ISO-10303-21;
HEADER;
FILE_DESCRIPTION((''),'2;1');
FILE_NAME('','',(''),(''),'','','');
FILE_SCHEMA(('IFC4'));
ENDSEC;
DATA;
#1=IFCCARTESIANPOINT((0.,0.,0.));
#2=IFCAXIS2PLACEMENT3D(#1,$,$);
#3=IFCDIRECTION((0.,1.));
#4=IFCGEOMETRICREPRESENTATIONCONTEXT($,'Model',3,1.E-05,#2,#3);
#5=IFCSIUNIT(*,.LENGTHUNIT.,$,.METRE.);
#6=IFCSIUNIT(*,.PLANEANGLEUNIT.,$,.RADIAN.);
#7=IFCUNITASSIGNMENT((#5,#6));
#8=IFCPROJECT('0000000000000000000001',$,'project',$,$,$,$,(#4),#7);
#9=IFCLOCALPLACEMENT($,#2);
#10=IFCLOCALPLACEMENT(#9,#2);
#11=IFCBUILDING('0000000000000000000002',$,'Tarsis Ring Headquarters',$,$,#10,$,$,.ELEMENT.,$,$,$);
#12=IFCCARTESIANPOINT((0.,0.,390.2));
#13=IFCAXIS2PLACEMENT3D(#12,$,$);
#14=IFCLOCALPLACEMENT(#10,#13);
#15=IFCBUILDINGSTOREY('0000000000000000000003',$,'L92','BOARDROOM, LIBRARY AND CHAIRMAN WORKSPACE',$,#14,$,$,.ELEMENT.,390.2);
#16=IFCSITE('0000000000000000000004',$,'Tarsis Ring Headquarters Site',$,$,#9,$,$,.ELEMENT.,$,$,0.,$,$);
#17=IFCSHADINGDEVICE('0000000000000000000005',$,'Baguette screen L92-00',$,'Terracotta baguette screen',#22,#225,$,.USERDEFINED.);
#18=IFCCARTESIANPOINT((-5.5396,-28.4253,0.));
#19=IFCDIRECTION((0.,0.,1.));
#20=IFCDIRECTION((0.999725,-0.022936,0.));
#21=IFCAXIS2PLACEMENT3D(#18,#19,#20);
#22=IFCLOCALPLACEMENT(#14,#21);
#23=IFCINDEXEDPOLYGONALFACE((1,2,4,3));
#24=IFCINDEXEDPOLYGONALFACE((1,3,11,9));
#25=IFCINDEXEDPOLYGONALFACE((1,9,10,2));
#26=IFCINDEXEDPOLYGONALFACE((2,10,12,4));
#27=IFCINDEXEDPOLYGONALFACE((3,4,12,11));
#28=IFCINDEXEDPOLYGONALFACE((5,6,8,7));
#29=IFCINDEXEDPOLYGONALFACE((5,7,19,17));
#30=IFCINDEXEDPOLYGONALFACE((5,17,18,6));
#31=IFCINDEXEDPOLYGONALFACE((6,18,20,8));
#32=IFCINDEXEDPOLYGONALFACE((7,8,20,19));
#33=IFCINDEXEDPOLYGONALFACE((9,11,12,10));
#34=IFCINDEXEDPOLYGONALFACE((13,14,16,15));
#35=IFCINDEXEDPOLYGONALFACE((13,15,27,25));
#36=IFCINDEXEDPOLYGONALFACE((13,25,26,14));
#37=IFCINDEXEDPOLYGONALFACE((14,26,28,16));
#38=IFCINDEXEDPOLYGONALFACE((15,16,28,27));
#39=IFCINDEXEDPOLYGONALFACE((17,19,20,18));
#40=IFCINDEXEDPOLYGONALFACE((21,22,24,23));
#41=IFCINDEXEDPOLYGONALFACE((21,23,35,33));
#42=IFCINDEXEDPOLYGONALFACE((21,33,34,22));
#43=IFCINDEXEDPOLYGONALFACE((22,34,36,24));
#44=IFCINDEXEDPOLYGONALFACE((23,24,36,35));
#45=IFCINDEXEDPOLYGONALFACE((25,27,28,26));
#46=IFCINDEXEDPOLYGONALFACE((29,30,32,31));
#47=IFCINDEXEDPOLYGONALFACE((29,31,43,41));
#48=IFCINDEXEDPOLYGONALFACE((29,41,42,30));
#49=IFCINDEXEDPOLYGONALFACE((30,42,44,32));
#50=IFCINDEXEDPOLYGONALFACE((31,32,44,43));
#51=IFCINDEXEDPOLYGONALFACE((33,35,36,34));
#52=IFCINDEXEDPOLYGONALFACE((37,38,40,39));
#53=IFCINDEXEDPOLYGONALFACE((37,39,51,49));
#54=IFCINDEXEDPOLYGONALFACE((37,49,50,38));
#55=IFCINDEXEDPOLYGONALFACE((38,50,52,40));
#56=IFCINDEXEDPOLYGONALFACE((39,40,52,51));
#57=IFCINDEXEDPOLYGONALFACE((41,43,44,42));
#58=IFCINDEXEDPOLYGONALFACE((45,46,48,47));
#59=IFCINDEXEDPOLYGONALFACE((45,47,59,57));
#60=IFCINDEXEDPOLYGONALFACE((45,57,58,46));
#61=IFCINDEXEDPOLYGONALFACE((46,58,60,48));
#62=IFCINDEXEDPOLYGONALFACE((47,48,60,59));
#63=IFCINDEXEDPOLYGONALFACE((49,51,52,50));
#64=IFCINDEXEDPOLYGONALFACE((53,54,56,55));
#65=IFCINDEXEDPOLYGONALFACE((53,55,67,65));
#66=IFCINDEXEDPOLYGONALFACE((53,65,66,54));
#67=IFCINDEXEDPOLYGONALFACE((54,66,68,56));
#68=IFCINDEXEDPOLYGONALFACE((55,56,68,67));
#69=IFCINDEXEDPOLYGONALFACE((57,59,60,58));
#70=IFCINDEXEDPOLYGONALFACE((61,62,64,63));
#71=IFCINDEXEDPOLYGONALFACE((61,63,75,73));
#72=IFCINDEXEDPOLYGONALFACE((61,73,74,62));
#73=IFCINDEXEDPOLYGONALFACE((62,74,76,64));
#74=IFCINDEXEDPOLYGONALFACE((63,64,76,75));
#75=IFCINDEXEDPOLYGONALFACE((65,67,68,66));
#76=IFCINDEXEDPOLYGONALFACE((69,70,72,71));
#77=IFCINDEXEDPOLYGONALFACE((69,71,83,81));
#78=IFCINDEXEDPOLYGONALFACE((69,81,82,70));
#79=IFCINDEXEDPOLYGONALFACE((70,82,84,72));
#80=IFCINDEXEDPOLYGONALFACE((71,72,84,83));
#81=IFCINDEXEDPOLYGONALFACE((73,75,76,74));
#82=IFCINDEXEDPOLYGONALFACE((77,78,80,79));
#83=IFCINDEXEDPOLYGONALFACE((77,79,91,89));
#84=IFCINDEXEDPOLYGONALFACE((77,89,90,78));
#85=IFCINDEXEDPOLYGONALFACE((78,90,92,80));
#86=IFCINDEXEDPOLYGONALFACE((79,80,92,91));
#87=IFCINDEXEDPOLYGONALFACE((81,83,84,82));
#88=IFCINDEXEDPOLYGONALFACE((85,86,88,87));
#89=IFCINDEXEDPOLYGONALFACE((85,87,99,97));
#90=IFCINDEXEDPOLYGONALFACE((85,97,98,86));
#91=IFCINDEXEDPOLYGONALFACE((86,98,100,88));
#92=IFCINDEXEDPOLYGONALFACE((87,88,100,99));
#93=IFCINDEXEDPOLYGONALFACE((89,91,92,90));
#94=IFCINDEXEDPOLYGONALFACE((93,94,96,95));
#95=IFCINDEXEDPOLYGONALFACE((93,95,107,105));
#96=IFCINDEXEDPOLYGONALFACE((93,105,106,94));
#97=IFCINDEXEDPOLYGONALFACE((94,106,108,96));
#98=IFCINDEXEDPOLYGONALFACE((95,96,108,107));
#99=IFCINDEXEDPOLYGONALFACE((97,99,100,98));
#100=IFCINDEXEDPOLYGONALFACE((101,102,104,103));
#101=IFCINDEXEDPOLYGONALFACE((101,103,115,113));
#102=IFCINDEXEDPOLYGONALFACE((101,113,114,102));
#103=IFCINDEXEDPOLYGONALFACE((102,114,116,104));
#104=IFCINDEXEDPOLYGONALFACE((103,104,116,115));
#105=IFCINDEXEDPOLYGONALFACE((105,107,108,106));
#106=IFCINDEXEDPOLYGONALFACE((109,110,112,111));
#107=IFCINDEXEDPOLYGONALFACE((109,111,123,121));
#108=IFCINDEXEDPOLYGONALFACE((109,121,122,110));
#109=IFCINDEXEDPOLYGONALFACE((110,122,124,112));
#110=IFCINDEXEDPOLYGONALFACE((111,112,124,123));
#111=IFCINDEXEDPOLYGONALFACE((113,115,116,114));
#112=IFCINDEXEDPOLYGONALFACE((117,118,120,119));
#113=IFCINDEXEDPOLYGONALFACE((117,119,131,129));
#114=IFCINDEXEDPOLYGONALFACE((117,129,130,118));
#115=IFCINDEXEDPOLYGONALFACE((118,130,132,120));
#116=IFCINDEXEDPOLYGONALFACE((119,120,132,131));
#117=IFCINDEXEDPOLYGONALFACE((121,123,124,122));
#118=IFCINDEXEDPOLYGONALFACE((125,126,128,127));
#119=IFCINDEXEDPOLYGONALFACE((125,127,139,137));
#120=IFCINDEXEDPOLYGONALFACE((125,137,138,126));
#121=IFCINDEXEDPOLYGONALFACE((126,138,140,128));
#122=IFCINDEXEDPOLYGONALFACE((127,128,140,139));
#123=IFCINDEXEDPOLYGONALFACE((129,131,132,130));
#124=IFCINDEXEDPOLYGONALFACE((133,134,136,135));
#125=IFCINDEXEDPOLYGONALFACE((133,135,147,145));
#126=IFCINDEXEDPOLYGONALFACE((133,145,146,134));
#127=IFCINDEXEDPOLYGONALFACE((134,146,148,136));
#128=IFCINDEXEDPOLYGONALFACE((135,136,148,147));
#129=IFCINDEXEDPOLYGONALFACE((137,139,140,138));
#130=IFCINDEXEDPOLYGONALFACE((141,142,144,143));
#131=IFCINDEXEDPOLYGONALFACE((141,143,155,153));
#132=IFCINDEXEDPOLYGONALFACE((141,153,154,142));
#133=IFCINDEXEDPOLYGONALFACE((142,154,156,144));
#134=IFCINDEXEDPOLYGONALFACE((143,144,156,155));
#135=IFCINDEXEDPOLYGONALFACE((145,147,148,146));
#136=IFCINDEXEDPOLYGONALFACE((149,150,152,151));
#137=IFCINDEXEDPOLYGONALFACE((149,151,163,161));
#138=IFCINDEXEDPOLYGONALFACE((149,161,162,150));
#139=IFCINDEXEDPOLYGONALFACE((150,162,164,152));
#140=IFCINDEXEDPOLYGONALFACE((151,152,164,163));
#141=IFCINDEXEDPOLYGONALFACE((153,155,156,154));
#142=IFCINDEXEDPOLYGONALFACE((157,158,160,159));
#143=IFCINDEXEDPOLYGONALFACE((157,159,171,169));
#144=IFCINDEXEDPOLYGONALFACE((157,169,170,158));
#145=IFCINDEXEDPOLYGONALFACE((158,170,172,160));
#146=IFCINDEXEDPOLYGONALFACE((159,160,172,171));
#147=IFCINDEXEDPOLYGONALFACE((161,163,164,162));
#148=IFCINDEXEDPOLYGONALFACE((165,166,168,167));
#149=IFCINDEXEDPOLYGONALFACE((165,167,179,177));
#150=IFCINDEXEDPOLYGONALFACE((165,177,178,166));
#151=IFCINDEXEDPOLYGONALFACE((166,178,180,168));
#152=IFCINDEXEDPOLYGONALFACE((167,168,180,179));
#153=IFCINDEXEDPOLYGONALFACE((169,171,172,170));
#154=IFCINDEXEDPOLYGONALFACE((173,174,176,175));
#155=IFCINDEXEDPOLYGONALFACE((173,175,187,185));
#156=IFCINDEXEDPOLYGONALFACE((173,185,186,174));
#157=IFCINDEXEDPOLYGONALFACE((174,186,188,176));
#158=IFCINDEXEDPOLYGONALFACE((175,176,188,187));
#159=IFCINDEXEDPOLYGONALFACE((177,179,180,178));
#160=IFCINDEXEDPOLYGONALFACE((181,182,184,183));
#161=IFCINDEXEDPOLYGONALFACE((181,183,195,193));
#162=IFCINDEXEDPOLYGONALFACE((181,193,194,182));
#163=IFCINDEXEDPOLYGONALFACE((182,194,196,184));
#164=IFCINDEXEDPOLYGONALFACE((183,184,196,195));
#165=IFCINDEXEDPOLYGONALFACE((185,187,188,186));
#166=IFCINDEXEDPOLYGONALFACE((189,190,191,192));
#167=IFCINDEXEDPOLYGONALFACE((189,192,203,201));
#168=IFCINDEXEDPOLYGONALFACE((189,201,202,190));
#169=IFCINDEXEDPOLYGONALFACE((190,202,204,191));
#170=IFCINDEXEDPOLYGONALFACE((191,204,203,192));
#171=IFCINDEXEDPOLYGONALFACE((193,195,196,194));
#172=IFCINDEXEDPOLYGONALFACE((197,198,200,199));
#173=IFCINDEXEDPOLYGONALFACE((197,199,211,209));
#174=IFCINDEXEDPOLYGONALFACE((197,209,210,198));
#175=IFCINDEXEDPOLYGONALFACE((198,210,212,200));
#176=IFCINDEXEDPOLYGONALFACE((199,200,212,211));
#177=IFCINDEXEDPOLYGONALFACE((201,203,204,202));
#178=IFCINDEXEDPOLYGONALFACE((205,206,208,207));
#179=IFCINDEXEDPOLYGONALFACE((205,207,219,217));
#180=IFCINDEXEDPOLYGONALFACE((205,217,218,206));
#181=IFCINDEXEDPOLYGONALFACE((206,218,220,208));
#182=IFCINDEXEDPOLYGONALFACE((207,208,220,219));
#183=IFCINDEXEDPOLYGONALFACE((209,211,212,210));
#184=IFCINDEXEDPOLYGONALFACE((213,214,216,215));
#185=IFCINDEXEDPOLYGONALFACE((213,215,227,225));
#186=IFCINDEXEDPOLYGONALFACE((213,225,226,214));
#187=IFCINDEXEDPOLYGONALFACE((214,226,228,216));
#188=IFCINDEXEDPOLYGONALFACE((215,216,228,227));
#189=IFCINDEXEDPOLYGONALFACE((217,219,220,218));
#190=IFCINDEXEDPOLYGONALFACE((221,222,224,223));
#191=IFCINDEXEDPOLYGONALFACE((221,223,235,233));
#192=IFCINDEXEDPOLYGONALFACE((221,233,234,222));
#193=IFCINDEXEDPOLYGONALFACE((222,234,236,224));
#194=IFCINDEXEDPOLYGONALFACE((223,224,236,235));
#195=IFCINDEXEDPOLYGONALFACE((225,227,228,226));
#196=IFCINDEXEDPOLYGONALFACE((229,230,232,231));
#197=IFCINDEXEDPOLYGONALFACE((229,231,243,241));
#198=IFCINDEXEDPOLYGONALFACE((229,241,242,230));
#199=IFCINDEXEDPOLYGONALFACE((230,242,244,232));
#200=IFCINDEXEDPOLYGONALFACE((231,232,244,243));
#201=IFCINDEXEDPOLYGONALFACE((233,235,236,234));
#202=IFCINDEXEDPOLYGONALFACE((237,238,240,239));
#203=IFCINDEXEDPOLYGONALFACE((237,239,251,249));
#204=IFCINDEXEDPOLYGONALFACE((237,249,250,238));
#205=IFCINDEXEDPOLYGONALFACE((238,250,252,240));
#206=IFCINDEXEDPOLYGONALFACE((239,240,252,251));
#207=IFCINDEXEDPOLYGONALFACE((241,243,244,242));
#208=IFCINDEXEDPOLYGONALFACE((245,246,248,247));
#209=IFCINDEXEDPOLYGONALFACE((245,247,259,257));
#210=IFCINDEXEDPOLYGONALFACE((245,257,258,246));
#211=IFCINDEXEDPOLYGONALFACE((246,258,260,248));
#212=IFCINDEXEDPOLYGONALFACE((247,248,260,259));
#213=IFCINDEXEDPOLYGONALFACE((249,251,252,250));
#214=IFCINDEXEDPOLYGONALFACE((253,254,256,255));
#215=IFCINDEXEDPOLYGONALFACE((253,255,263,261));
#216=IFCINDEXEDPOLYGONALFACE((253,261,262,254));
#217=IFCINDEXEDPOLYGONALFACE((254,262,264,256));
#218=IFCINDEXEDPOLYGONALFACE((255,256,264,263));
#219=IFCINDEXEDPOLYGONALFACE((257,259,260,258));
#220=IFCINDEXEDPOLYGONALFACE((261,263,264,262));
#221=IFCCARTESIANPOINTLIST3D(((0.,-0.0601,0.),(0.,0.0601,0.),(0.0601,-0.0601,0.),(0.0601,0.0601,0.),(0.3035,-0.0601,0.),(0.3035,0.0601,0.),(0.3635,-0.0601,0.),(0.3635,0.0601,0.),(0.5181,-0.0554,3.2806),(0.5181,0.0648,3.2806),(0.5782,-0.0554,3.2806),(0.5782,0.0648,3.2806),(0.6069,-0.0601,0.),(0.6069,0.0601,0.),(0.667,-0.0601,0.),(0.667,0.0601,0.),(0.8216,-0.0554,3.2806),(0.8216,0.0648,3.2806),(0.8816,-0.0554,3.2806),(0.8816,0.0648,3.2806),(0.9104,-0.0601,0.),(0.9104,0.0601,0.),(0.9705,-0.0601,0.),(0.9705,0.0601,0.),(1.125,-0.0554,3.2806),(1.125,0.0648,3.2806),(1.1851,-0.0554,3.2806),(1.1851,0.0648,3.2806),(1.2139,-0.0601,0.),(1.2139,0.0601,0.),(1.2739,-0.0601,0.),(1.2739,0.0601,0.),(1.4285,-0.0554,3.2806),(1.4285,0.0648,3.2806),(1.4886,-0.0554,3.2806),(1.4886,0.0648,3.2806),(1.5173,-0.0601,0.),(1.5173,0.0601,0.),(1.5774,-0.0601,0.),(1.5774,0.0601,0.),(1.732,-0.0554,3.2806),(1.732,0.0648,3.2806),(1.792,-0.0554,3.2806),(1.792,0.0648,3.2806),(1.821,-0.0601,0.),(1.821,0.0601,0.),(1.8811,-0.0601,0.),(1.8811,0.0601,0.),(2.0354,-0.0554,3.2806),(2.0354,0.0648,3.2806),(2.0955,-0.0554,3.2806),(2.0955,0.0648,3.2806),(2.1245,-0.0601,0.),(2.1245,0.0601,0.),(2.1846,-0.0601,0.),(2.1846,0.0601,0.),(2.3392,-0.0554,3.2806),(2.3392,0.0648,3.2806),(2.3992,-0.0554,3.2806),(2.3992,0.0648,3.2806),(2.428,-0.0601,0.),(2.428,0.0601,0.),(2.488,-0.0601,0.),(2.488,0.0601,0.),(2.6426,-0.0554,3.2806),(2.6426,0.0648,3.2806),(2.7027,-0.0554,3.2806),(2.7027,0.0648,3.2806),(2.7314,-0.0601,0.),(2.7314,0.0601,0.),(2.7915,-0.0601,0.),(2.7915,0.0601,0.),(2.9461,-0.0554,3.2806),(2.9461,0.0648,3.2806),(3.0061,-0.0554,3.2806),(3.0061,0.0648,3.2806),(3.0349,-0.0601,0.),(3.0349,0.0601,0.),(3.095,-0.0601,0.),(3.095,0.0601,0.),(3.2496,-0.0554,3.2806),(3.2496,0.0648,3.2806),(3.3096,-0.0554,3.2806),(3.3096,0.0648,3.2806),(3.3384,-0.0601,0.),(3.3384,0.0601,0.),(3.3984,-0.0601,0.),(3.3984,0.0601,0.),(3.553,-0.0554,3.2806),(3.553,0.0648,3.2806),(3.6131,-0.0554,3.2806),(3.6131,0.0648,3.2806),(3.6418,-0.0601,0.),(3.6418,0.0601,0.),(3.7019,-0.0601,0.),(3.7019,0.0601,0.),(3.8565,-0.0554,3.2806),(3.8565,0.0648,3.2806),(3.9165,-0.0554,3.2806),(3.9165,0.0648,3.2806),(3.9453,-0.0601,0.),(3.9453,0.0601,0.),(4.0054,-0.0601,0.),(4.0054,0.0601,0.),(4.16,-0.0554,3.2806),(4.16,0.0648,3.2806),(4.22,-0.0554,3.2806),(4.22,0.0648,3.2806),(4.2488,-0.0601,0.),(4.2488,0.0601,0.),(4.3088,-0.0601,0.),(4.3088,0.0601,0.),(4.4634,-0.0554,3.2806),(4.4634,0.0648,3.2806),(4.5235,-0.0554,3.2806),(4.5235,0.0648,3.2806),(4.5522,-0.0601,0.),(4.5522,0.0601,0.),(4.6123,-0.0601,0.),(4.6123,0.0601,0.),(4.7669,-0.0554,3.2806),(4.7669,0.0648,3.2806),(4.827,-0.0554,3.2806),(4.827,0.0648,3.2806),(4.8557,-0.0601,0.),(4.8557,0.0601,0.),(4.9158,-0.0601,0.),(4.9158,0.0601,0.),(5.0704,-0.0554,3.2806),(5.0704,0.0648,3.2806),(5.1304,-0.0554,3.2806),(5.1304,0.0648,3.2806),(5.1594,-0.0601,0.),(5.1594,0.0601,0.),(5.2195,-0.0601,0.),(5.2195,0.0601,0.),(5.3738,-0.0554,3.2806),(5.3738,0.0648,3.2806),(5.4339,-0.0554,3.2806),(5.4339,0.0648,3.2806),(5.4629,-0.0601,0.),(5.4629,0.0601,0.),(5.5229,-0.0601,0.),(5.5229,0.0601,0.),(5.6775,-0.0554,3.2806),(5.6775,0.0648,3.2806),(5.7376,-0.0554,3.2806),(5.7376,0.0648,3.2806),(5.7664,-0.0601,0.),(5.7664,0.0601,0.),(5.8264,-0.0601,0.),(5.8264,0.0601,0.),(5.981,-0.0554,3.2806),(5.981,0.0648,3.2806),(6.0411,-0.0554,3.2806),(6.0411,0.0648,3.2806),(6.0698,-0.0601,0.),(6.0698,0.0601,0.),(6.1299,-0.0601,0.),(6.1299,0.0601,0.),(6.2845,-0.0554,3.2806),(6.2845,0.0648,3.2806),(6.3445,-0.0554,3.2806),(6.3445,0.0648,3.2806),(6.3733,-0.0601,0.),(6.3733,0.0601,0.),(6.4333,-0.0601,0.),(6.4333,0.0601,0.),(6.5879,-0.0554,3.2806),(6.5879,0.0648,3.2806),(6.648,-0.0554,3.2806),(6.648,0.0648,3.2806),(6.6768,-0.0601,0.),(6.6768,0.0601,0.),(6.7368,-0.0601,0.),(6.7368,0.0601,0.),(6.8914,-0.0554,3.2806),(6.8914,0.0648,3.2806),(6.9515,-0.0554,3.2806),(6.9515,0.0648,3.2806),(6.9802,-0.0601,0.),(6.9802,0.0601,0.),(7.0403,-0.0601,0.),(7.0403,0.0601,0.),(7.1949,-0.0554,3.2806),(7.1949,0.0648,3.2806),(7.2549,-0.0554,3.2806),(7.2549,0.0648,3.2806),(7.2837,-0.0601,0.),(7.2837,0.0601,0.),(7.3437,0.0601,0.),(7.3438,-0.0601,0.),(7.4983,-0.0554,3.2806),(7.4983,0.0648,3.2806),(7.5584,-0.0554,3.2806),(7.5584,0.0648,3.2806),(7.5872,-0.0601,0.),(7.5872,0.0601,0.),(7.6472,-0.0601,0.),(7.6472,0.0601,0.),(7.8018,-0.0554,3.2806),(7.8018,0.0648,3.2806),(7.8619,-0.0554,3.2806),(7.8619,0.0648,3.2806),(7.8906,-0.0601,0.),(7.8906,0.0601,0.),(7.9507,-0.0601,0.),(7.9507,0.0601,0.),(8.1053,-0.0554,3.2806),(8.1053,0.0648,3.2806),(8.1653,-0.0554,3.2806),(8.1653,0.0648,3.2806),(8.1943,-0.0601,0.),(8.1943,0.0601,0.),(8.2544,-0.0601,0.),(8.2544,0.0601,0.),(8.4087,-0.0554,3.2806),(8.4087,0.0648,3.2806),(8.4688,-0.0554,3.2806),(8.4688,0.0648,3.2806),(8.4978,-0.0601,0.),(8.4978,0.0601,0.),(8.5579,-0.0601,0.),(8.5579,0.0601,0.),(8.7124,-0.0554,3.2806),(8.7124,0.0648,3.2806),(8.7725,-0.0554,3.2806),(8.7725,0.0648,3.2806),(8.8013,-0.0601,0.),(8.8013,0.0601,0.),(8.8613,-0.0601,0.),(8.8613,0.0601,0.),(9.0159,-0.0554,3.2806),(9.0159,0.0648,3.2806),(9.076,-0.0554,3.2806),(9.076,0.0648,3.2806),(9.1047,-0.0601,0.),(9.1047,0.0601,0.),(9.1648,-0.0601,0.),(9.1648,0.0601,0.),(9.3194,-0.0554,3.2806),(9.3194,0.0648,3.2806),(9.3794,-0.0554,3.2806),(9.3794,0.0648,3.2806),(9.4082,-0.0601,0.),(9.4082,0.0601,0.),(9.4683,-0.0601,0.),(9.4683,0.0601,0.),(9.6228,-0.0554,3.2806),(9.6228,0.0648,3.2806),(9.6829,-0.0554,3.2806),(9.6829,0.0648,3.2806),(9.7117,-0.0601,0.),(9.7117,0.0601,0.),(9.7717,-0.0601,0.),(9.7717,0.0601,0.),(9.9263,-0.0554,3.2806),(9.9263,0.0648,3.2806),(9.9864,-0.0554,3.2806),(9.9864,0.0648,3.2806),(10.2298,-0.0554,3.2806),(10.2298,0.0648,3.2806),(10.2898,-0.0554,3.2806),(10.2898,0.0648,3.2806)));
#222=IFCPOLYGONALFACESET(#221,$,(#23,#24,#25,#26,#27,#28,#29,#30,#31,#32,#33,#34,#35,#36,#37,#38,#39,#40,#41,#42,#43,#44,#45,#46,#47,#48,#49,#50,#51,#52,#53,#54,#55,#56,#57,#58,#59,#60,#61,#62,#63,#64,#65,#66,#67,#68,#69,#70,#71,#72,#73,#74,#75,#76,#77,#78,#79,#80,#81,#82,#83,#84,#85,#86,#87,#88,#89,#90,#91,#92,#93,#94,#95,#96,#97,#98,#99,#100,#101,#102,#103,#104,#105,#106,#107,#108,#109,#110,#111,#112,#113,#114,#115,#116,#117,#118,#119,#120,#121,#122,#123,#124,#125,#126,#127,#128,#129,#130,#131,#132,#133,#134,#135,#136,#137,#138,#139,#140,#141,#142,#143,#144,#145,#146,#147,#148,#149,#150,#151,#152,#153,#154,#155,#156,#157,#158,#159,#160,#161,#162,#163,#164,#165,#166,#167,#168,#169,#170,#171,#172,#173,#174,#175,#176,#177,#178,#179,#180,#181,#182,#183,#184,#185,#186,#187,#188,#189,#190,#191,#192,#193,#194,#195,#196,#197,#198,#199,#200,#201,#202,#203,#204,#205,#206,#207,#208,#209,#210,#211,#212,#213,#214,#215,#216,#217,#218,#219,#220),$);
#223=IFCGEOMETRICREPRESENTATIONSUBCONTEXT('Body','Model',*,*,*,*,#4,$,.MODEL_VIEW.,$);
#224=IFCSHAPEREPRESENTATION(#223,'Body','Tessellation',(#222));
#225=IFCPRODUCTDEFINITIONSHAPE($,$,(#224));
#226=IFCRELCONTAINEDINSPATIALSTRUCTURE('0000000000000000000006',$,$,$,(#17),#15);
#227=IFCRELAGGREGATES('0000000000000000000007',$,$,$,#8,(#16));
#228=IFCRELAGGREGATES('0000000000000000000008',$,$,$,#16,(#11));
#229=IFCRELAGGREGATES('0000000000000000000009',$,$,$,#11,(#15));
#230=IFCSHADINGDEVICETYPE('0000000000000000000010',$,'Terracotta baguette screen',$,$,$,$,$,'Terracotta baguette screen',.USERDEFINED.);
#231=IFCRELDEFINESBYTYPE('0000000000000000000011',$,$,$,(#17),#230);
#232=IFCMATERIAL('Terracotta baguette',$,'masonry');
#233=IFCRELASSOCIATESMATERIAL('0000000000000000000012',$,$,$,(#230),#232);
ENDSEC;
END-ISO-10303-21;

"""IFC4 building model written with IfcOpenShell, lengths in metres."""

from ifc_helpers import new_model, si_unit, direction, frame, frame_2d, origin, place, context, subcontext, project, spatial, rectangle, composite_profile, extrude, material, type_object, element, save


model = new_model("IFC4")

# Units and contexts
model_context = context("Model", 3, precision=1e-05, world=origin(), true_north=direction((0.0, 1.0)))
body_context = subcontext(model_context, "Body", "Model", "MODEL_VIEW")
ifc_project = project(units=[si_unit("LENGTHUNIT", "METRE"), si_unit("PLANEANGLEUNIT", "RADIAN")], contexts=[model_context])

# Site, building, storey
site_placement = place(None, origin())
site = spatial("IfcSite", under=ifc_project, at=site_placement, Name="Tarsis Ring Headquarters Site", CompositionType="ELEMENT", RefElevation=0.0)
building_placement = place(site_placement, origin())
building = spatial("IfcBuilding", under=site, at=building_placement, Name="Tarsis Ring Headquarters", CompositionType="ELEMENT")
storey_placement = place(building_placement, frame((0.0, 0.0, 390.2)))
storey = spatial("IfcBuildingStorey", under=building, at=storey_placement, Name="L92", Description="BOARDROOM, LIBRARY AND CHAIRMAN WORKSPACE", CompositionType="ELEMENT", Elevation=390.2)

# Shading device
ifc_material_1 = material(Name="Terracotta baguette", Category="masonry")
shading_device_type = type_object("IfcShadingDeviceType", Name="Terracotta baguette screen", ElementType="Terracotta baguette screen", PredefinedType="USERDEFINED", material=ifc_material_1)
shading_device_placement = place(storey_placement, frame((-5.5396, -28.4253, 0.0), z_axis=(0.0, 0.0, 1.0), x_axis=(0.999725, -0.022936, 0.0)))
element("IfcShadingDevice", 1, at=shading_device_placement, inside=storey, type_object=shading_device_type, Name="Baguette screen L92-00", ObjectType="Terracotta baguette screen", PredefinedType="USERDEFINED", context=body_context, shape_type="SweptSolid", body=[
    extrude(composite_profile([rectangle(XDim=0.0601, YDim=0.1201, at=frame_2d((0.03, 0.0))), rectangle(XDim=0.0601, YDim=0.1201, at=frame_2d((0.3335, 0.0))), rectangle(XDim=0.0601, YDim=0.1201, at=frame_2d((0.637, 0.0))), rectangle(XDim=0.0601, YDim=0.1201, at=frame_2d((0.9404, 0.0))), rectangle(XDim=0.0601, YDim=0.1201, at=frame_2d((1.2439, 0.0))), rectangle(XDim=0.0601, YDim=0.1201, at=frame_2d((1.5474, 0.0))), rectangle(XDim=0.0601, YDim=0.1201, at=frame_2d((1.8511, 0.0))), rectangle(XDim=0.0601, YDim=0.1201, at=frame_2d((2.1545, 0.0))), rectangle(XDim=0.0601, YDim=0.1201, at=frame_2d((2.458, 0.0))), rectangle(XDim=0.0601, YDim=0.1201, at=frame_2d((2.7615, 0.0))), rectangle(XDim=0.0601, YDim=0.1201, at=frame_2d((3.0649, 0.0))), rectangle(XDim=0.0601, YDim=0.1201, at=frame_2d((3.3684, 0.0))), rectangle(XDim=0.0601, YDim=0.1201, at=frame_2d((3.6719, 0.0))), rectangle(XDim=0.0601, YDim=0.1201, at=frame_2d((3.9753, 0.0))), rectangle(XDim=0.0601, YDim=0.1201, at=frame_2d((4.2788, 0.0))), rectangle(XDim=0.0601, YDim=0.1201, at=frame_2d((4.5823, 0.0))), rectangle(XDim=0.0601, YDim=0.1201, at=frame_2d((4.8857, 0.0))), rectangle(XDim=0.0601, YDim=0.1201, at=frame_2d((5.1895, 0.0))), rectangle(XDim=0.0601, YDim=0.1201, at=frame_2d((5.4929, 0.0))), rectangle(XDim=0.0601, YDim=0.1201, at=frame_2d((5.7964, 0.0))), rectangle(XDim=0.0601, YDim=0.1201, at=frame_2d((6.0999, 0.0))), rectangle(XDim=0.0601, YDim=0.1201, at=frame_2d((6.4033, 0.0))), rectangle(XDim=0.0601, YDim=0.1201, at=frame_2d((6.7068, 0.0))), rectangle(XDim=0.0601, YDim=0.1201, at=frame_2d((7.0103, 0.0))), rectangle(XDim=0.0601, YDim=0.1201, at=frame_2d((7.3137, 0.0))), rectangle(XDim=0.0601, YDim=0.1201, at=frame_2d((7.6172, 0.0))), rectangle(XDim=0.0601, YDim=0.1201, at=frame_2d((7.9207, 0.0))), rectangle(XDim=0.0601, YDim=0.1201, at=frame_2d((8.2244, 0.0))), rectangle(XDim=0.0601, YDim=0.1201, at=frame_2d((8.5278, 0.0))), rectangle(XDim=0.0601, YDim=0.1201, at=frame_2d((8.8313, 0.0))), rectangle(XDim=0.0601, YDim=0.1201, at=frame_2d((9.1348, 0.0))), rectangle(XDim=0.0601, YDim=0.1201, at=frame_2d((9.4382, 0.0))), rectangle(XDim=0.0601, YDim=0.1201, at=frame_2d((9.7417, 0.0)))]), origin(), (0.155997, 0.001414, 0.987756), 3.3213),
])

save(model, "model.ifc")
